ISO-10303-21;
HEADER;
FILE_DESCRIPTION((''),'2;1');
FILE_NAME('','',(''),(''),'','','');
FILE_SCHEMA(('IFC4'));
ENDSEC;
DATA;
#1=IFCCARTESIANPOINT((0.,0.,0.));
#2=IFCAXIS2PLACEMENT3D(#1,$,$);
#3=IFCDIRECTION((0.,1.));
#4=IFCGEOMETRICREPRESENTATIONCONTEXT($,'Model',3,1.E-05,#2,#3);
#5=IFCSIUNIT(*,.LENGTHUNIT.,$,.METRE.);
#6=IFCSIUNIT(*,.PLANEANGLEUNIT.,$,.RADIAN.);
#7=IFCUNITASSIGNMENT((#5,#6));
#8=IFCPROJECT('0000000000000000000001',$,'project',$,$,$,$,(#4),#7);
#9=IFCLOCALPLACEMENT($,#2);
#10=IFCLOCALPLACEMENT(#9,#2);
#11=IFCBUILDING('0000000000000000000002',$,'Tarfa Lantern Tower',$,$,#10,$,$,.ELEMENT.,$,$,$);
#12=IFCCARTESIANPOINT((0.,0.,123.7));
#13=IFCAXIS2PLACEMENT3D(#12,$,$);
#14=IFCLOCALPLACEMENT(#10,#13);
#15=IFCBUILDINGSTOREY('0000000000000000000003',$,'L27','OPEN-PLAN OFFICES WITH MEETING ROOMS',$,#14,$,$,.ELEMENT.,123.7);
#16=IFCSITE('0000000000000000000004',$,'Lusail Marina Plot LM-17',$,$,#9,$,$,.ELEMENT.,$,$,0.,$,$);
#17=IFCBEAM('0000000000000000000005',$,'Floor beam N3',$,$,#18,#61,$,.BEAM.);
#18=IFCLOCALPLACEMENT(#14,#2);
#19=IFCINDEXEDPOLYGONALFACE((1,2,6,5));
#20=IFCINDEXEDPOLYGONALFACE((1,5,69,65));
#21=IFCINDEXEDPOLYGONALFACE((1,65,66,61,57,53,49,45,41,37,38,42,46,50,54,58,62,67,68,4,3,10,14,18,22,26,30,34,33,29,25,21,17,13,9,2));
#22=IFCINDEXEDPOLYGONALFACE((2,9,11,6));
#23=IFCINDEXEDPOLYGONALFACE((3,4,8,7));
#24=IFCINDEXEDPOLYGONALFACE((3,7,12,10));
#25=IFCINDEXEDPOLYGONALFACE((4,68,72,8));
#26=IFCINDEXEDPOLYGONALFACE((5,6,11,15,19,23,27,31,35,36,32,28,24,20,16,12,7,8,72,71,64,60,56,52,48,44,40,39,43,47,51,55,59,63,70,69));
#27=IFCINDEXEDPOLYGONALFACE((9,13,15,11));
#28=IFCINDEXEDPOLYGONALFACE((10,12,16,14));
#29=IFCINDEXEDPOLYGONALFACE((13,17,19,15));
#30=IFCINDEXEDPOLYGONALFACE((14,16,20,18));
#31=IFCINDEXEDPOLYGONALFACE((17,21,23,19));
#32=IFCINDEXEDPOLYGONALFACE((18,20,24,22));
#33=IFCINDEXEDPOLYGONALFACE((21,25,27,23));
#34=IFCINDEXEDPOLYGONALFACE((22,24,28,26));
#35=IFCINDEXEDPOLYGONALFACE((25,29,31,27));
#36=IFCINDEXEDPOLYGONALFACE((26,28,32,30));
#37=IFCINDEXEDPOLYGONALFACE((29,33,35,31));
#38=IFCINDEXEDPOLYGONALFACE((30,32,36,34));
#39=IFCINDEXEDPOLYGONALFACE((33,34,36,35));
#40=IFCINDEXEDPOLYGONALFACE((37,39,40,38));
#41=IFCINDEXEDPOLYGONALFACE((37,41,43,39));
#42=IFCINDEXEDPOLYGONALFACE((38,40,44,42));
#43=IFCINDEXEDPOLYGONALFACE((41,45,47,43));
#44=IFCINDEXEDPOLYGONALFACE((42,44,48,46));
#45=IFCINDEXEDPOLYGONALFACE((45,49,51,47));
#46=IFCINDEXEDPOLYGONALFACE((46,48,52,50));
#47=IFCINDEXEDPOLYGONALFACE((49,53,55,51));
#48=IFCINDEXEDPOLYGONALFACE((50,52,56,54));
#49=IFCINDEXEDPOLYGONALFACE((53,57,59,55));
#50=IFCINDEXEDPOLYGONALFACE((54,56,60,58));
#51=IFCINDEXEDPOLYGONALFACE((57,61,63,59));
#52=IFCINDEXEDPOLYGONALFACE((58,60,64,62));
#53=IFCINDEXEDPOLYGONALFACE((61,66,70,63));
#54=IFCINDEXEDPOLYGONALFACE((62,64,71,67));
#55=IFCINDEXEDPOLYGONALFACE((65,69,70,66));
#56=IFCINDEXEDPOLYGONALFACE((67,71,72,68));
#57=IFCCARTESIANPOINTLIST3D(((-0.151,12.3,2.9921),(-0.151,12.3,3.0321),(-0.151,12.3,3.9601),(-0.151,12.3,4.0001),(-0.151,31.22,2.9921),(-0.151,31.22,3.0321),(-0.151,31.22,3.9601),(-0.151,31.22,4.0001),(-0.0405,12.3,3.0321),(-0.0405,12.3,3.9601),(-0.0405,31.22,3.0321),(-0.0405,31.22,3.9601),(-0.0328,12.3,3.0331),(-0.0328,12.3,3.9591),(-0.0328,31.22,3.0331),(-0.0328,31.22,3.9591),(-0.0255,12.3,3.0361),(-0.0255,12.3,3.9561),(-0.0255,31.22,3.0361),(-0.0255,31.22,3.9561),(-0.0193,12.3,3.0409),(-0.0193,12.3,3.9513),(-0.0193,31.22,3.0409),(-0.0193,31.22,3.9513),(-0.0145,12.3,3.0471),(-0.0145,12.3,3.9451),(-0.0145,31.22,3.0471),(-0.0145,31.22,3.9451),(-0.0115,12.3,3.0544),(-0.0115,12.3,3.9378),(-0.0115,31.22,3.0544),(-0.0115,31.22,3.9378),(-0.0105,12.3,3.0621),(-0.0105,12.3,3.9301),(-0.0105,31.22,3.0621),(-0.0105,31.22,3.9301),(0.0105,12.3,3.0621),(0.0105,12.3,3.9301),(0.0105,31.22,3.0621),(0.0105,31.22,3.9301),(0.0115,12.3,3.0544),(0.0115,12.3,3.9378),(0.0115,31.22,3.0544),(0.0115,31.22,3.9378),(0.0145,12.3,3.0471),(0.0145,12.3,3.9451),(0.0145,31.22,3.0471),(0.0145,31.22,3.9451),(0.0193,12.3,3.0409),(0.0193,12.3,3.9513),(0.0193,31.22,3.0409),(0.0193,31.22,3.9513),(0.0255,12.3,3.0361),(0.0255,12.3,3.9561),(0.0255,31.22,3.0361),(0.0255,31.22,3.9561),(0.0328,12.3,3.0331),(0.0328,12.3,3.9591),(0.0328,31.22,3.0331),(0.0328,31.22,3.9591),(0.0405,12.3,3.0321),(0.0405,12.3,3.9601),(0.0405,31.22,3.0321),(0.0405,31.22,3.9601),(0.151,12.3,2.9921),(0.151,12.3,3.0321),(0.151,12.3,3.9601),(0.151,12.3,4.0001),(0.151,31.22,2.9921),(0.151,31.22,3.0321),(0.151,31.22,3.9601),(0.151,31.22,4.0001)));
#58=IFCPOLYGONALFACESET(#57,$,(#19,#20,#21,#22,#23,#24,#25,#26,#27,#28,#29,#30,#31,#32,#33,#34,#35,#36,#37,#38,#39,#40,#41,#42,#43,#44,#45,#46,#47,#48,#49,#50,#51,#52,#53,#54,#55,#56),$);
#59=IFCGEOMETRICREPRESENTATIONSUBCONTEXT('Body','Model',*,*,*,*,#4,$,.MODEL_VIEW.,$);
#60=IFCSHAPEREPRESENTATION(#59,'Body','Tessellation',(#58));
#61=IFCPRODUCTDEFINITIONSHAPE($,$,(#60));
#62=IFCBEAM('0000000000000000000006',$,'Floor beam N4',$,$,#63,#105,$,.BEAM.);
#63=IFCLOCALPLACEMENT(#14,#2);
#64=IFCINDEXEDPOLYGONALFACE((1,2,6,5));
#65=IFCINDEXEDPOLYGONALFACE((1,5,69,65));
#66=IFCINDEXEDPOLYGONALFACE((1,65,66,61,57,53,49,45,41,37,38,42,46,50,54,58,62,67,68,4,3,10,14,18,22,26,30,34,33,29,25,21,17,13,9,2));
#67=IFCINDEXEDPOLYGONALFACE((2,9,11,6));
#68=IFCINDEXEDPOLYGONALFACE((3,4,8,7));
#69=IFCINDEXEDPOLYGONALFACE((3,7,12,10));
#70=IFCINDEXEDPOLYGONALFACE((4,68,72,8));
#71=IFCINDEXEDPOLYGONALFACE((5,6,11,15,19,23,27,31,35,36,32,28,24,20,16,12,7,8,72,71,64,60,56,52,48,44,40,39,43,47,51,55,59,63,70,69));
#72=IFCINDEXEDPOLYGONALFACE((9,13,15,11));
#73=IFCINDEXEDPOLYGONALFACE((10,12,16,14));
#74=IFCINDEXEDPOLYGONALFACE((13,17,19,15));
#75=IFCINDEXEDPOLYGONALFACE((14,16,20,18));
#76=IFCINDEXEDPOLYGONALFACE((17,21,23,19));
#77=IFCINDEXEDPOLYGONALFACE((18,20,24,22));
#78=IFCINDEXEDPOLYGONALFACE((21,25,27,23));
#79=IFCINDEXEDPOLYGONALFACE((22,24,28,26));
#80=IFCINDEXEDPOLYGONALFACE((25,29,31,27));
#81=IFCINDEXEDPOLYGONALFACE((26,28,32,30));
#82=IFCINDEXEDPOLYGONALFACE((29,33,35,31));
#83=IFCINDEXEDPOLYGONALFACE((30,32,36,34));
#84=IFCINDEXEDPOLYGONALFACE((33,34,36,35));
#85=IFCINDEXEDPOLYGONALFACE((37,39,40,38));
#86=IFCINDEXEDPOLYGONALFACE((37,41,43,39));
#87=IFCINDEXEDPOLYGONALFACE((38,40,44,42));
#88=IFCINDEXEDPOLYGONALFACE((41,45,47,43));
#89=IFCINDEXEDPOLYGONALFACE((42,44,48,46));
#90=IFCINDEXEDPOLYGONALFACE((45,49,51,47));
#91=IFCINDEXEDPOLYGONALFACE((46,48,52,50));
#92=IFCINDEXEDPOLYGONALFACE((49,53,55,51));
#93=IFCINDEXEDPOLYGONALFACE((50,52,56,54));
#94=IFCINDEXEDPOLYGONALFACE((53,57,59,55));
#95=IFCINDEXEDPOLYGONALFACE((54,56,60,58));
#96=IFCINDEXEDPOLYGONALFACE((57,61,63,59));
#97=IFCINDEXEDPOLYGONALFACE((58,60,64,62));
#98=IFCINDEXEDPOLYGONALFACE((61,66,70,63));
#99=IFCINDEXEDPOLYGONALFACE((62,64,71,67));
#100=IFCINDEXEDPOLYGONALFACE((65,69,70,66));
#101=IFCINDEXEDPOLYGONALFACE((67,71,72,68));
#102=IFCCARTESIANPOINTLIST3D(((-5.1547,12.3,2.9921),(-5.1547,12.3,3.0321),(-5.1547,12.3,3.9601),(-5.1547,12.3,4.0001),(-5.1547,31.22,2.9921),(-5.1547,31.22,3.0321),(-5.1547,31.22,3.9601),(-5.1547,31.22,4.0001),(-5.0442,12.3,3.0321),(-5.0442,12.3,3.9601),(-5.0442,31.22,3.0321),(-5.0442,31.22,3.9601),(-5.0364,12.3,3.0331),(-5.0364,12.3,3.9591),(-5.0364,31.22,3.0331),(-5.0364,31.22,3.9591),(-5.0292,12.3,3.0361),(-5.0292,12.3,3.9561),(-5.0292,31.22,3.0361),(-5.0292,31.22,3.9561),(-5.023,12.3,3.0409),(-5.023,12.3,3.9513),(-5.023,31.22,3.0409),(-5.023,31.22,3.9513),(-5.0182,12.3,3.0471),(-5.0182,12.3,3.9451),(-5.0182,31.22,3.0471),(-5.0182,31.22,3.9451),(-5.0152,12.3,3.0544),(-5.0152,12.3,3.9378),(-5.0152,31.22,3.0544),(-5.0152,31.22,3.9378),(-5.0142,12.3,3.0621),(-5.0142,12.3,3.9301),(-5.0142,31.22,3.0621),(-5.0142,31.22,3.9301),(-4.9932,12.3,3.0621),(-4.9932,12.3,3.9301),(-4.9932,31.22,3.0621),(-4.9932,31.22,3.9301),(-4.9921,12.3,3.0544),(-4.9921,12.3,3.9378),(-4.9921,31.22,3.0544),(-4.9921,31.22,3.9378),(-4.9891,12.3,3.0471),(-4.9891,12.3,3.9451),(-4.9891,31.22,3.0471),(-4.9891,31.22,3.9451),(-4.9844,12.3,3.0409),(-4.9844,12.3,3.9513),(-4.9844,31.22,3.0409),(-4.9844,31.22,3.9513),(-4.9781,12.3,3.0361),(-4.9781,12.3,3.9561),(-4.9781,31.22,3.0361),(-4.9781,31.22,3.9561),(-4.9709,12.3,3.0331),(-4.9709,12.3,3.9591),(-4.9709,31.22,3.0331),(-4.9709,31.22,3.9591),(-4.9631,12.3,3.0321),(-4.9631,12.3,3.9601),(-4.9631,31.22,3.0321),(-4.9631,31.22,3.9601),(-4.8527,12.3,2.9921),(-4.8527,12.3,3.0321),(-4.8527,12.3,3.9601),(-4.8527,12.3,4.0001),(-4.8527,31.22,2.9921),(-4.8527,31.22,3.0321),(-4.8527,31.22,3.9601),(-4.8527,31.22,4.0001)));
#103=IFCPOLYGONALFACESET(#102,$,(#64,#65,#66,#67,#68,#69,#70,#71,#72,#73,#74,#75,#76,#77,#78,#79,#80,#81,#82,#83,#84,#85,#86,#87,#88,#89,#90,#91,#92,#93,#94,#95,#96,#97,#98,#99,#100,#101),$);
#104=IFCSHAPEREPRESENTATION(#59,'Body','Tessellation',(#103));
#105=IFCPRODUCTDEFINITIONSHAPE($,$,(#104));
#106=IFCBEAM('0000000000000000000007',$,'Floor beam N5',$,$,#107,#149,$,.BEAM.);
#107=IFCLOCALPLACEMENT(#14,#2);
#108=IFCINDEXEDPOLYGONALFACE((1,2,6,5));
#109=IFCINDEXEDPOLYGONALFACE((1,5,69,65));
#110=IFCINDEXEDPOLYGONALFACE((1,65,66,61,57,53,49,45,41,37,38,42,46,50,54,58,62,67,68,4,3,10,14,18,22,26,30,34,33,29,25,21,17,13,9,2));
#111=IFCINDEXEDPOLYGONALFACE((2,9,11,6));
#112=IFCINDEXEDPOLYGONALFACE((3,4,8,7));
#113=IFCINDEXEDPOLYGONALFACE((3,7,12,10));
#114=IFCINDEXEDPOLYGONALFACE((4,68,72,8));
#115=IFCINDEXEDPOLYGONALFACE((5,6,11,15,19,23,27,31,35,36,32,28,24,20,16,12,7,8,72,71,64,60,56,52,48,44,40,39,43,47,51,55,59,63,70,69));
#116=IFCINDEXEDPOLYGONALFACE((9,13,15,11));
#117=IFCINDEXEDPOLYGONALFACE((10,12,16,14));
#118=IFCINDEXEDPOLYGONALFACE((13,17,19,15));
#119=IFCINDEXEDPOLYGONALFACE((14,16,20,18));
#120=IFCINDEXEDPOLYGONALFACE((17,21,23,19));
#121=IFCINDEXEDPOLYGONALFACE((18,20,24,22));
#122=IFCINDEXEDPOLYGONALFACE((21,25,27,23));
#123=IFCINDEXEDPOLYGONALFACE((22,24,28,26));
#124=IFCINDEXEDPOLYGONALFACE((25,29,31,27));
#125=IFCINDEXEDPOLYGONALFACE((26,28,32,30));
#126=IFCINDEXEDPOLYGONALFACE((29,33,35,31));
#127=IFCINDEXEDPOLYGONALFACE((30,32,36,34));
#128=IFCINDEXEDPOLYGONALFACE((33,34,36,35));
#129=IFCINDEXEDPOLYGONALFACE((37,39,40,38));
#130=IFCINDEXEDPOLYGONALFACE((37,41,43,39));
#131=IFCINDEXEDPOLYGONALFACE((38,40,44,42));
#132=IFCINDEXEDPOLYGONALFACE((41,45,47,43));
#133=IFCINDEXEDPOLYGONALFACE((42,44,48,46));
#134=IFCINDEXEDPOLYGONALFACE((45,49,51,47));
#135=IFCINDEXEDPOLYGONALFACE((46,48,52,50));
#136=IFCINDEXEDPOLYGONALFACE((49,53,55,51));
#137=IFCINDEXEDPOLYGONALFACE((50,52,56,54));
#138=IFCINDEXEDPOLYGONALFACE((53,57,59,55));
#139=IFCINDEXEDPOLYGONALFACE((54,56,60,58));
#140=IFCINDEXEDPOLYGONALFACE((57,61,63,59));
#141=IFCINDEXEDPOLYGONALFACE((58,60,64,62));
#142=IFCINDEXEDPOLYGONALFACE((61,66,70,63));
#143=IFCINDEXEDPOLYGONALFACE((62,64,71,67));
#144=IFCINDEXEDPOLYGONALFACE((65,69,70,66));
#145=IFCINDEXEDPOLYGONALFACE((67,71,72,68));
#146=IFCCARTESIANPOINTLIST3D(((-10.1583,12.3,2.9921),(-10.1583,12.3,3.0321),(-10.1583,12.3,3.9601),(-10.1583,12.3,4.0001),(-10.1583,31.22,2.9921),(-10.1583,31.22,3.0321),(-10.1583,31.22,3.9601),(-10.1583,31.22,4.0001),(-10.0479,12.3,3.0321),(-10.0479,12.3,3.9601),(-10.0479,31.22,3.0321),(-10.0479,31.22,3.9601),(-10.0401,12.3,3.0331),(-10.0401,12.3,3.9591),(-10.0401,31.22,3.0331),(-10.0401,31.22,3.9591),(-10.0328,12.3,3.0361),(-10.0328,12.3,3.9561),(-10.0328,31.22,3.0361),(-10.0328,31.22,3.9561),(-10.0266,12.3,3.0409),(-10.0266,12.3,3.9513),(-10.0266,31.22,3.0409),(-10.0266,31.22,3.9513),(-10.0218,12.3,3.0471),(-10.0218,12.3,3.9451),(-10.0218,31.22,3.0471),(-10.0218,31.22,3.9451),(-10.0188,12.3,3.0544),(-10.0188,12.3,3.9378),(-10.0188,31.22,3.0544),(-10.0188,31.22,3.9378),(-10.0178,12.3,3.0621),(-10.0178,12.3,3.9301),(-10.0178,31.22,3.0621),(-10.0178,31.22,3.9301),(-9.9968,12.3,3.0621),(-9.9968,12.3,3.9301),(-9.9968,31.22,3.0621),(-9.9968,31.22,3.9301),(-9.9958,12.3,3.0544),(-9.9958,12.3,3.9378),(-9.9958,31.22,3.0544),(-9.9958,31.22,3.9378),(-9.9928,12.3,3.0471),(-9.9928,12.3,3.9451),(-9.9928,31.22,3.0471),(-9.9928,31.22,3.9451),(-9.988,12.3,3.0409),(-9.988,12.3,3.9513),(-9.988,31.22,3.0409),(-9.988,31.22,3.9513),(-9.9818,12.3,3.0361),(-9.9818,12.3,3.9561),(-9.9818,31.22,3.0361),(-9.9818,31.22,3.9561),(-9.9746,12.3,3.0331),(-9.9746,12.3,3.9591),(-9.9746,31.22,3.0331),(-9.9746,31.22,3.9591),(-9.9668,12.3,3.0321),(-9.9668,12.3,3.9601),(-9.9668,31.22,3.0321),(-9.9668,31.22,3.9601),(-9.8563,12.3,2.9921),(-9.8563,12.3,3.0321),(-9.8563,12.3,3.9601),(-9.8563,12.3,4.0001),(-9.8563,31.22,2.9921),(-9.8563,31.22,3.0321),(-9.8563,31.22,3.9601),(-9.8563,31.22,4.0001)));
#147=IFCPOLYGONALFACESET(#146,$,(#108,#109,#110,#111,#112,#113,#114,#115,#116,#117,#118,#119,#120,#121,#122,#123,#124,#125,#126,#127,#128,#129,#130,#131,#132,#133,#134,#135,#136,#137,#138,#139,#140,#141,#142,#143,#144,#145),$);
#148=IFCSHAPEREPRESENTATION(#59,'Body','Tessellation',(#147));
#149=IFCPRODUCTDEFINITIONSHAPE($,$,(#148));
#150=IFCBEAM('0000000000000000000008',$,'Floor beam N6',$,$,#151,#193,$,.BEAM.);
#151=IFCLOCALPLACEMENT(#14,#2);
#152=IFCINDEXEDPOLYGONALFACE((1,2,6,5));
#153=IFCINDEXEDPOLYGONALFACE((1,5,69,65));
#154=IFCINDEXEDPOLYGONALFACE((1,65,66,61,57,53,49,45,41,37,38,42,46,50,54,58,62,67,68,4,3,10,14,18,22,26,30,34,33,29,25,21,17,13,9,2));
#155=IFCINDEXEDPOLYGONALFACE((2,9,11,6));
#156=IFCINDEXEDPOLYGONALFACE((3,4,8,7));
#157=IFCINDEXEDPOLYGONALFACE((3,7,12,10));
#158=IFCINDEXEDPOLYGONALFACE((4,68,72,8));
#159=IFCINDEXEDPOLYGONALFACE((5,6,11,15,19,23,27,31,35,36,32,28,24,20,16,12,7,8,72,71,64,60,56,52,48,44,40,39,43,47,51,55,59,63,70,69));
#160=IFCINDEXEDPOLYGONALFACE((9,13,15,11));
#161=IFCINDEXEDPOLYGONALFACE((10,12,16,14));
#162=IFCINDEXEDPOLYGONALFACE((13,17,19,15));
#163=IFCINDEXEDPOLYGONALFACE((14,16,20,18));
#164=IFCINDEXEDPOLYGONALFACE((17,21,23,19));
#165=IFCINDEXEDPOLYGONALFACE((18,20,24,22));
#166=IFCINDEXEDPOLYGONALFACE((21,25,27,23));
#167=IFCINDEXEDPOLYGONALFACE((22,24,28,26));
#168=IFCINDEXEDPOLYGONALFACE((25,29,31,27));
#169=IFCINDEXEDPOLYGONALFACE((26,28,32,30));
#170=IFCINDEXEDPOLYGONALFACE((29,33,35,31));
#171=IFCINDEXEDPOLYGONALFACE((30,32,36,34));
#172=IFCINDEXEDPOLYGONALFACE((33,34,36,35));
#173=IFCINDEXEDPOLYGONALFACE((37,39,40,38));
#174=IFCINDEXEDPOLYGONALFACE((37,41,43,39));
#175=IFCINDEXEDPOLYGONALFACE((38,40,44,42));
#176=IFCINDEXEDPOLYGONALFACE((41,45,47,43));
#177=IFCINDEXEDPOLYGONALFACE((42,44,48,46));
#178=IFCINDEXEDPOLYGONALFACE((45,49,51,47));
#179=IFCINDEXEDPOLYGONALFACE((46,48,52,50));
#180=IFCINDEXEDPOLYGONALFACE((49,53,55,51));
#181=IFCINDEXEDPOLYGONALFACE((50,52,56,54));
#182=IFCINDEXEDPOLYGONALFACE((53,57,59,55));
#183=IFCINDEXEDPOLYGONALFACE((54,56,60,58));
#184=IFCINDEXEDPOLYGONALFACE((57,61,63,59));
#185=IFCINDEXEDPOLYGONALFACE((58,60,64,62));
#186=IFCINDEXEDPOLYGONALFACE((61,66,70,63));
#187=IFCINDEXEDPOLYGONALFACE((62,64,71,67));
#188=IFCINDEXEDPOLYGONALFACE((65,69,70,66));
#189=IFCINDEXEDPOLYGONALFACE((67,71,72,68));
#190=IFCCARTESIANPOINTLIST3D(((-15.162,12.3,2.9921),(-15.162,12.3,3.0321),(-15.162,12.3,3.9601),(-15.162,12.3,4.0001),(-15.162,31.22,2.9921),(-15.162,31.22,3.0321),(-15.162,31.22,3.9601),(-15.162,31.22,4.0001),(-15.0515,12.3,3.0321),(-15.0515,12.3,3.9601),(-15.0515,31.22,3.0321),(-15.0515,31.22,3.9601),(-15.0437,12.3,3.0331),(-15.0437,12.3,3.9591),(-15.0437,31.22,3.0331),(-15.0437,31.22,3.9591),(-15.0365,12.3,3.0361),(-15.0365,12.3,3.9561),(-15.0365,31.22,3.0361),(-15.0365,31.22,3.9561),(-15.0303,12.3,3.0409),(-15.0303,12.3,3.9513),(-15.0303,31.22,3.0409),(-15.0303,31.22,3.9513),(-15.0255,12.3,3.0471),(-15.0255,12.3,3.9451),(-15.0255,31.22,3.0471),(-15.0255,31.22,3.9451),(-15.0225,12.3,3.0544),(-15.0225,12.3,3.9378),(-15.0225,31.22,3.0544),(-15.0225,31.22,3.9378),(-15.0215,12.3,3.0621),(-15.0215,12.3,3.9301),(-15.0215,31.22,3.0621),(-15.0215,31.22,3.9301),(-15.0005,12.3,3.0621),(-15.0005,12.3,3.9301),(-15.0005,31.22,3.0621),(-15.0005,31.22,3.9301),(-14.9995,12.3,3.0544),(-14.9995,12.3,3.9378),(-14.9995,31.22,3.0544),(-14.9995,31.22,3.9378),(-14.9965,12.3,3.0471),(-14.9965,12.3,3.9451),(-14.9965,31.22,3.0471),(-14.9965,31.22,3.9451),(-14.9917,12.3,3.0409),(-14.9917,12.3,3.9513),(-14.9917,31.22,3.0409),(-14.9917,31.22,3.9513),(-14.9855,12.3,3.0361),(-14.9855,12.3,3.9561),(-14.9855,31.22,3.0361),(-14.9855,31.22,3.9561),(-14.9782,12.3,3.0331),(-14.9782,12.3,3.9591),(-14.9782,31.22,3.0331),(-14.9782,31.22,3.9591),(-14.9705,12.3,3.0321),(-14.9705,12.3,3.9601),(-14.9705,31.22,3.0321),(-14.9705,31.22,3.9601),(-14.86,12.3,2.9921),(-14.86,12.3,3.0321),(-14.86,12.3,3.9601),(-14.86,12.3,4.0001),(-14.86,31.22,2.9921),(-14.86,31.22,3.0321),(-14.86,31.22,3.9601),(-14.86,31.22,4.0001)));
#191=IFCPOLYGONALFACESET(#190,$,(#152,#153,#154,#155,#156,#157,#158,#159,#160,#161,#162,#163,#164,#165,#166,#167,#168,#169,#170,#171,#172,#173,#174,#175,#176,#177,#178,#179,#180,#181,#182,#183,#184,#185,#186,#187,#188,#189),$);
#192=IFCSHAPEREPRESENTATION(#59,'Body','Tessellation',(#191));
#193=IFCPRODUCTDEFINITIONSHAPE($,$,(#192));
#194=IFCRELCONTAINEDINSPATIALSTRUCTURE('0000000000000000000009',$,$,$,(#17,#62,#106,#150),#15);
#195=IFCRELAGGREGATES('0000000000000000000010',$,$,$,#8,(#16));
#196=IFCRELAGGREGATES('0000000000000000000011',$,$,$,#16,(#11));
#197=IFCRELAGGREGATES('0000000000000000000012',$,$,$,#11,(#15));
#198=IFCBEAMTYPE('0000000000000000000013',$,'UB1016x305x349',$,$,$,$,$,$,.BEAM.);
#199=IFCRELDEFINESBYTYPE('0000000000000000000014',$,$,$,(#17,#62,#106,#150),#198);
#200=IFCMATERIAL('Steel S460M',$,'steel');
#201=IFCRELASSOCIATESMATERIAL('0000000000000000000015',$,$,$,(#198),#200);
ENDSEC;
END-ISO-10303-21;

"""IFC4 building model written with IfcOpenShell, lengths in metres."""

from ifc_helpers import new_model, si_unit, direction, frame, origin, origin_2d, place, context, subcontext, project, spatial, i_section, extrude, material, material_profile, profile_set, type_object, element, save


model = new_model("IFC4")

# Units and contexts
model_context = context("Model", 3, precision=1e-05, world=origin(), true_north=direction((0.0, 1.0)))
body_context = subcontext(model_context, "Body", "Model", "MODEL_VIEW")
ifc_project = project(units=[si_unit("LENGTHUNIT", "METRE"), si_unit("PLANEANGLEUNIT", "RADIAN")], contexts=[model_context])

# Site, building, storey
site_placement = place(None, origin())
site = spatial("IfcSite", under=ifc_project, at=site_placement, Name="Lusail Marina Plot LM-17", CompositionType="ELEMENT", RefElevation=0.0)
building_placement = place(site_placement, origin())
building = spatial("IfcBuilding", under=site, at=building_placement, Name="Tarfa Lantern Tower", CompositionType="ELEMENT")
storey_placement = place(building_placement, frame((0.0, 0.0, 123.7)))
storey = spatial("IfcBuildingStorey", under=building, at=storey_placement, Name="L27", Description="OPEN-PLAN OFFICES WITH MEETING ROOMS", CompositionType="ELEMENT", Elevation=123.7)

# Beams
ifc_material_1 = material(Name="Steel S460M", Category="steel")
ifc_material_profile_1 = material_profile(ifc_material_1, i_section(OverallWidth=0.302, OverallDepth=1.0081, WebThickness=0.021, FlangeThickness=0.04, FilletRadius=0.03, at=origin_2d()), Name="UB1016x305x349")
ifc_profile_set_1 = profile_set([ifc_material_profile_1], Name="Steel S460M")
beam_type_1 = type_object("IfcBeamType", Name="UB1016x305x349", PredefinedType="BEAM", material=ifc_profile_set_1)
for number, where, z_axis, x_axis, name in (
    (1, (0.0, 31.22, 3.4961), (0.0, -1.0, 0.0), (1.0, 0.0, 0.0), "Floor beam N3"),
    (2, (-5.0037, 31.22, 3.4961), (0.0, -1.0, 0.0), (1.0, 0.0, 0.0), "Floor beam N4"),
    (3, (-10.0073, 31.22, 3.4961), (0.0, -1.0, 0.0), (1.0, 0.0, 0.0), "Floor beam N5"),
    (4, (-15.011, 31.22, 3.4961), (0.0, -1.0, 0.0), (1.0, 0.0, 0.0), "Floor beam N6"),
):
    element("IfcBeam", number, at=place(storey_placement, frame(where, z_axis=z_axis, x_axis=x_axis)), inside=storey, type_object=beam_type_1, Name=name, PredefinedType="BEAM", context=body_context, shape_type="SweptSolid", body=[
        extrude(i_section(OverallWidth=0.302, OverallDepth=1.0081, WebThickness=0.021, FlangeThickness=0.04, FilletRadius=0.03, at=origin_2d()), origin(), (0.0, 0.0, 1.0), 18.9199),
    ])

save(model, "model.ifc")
